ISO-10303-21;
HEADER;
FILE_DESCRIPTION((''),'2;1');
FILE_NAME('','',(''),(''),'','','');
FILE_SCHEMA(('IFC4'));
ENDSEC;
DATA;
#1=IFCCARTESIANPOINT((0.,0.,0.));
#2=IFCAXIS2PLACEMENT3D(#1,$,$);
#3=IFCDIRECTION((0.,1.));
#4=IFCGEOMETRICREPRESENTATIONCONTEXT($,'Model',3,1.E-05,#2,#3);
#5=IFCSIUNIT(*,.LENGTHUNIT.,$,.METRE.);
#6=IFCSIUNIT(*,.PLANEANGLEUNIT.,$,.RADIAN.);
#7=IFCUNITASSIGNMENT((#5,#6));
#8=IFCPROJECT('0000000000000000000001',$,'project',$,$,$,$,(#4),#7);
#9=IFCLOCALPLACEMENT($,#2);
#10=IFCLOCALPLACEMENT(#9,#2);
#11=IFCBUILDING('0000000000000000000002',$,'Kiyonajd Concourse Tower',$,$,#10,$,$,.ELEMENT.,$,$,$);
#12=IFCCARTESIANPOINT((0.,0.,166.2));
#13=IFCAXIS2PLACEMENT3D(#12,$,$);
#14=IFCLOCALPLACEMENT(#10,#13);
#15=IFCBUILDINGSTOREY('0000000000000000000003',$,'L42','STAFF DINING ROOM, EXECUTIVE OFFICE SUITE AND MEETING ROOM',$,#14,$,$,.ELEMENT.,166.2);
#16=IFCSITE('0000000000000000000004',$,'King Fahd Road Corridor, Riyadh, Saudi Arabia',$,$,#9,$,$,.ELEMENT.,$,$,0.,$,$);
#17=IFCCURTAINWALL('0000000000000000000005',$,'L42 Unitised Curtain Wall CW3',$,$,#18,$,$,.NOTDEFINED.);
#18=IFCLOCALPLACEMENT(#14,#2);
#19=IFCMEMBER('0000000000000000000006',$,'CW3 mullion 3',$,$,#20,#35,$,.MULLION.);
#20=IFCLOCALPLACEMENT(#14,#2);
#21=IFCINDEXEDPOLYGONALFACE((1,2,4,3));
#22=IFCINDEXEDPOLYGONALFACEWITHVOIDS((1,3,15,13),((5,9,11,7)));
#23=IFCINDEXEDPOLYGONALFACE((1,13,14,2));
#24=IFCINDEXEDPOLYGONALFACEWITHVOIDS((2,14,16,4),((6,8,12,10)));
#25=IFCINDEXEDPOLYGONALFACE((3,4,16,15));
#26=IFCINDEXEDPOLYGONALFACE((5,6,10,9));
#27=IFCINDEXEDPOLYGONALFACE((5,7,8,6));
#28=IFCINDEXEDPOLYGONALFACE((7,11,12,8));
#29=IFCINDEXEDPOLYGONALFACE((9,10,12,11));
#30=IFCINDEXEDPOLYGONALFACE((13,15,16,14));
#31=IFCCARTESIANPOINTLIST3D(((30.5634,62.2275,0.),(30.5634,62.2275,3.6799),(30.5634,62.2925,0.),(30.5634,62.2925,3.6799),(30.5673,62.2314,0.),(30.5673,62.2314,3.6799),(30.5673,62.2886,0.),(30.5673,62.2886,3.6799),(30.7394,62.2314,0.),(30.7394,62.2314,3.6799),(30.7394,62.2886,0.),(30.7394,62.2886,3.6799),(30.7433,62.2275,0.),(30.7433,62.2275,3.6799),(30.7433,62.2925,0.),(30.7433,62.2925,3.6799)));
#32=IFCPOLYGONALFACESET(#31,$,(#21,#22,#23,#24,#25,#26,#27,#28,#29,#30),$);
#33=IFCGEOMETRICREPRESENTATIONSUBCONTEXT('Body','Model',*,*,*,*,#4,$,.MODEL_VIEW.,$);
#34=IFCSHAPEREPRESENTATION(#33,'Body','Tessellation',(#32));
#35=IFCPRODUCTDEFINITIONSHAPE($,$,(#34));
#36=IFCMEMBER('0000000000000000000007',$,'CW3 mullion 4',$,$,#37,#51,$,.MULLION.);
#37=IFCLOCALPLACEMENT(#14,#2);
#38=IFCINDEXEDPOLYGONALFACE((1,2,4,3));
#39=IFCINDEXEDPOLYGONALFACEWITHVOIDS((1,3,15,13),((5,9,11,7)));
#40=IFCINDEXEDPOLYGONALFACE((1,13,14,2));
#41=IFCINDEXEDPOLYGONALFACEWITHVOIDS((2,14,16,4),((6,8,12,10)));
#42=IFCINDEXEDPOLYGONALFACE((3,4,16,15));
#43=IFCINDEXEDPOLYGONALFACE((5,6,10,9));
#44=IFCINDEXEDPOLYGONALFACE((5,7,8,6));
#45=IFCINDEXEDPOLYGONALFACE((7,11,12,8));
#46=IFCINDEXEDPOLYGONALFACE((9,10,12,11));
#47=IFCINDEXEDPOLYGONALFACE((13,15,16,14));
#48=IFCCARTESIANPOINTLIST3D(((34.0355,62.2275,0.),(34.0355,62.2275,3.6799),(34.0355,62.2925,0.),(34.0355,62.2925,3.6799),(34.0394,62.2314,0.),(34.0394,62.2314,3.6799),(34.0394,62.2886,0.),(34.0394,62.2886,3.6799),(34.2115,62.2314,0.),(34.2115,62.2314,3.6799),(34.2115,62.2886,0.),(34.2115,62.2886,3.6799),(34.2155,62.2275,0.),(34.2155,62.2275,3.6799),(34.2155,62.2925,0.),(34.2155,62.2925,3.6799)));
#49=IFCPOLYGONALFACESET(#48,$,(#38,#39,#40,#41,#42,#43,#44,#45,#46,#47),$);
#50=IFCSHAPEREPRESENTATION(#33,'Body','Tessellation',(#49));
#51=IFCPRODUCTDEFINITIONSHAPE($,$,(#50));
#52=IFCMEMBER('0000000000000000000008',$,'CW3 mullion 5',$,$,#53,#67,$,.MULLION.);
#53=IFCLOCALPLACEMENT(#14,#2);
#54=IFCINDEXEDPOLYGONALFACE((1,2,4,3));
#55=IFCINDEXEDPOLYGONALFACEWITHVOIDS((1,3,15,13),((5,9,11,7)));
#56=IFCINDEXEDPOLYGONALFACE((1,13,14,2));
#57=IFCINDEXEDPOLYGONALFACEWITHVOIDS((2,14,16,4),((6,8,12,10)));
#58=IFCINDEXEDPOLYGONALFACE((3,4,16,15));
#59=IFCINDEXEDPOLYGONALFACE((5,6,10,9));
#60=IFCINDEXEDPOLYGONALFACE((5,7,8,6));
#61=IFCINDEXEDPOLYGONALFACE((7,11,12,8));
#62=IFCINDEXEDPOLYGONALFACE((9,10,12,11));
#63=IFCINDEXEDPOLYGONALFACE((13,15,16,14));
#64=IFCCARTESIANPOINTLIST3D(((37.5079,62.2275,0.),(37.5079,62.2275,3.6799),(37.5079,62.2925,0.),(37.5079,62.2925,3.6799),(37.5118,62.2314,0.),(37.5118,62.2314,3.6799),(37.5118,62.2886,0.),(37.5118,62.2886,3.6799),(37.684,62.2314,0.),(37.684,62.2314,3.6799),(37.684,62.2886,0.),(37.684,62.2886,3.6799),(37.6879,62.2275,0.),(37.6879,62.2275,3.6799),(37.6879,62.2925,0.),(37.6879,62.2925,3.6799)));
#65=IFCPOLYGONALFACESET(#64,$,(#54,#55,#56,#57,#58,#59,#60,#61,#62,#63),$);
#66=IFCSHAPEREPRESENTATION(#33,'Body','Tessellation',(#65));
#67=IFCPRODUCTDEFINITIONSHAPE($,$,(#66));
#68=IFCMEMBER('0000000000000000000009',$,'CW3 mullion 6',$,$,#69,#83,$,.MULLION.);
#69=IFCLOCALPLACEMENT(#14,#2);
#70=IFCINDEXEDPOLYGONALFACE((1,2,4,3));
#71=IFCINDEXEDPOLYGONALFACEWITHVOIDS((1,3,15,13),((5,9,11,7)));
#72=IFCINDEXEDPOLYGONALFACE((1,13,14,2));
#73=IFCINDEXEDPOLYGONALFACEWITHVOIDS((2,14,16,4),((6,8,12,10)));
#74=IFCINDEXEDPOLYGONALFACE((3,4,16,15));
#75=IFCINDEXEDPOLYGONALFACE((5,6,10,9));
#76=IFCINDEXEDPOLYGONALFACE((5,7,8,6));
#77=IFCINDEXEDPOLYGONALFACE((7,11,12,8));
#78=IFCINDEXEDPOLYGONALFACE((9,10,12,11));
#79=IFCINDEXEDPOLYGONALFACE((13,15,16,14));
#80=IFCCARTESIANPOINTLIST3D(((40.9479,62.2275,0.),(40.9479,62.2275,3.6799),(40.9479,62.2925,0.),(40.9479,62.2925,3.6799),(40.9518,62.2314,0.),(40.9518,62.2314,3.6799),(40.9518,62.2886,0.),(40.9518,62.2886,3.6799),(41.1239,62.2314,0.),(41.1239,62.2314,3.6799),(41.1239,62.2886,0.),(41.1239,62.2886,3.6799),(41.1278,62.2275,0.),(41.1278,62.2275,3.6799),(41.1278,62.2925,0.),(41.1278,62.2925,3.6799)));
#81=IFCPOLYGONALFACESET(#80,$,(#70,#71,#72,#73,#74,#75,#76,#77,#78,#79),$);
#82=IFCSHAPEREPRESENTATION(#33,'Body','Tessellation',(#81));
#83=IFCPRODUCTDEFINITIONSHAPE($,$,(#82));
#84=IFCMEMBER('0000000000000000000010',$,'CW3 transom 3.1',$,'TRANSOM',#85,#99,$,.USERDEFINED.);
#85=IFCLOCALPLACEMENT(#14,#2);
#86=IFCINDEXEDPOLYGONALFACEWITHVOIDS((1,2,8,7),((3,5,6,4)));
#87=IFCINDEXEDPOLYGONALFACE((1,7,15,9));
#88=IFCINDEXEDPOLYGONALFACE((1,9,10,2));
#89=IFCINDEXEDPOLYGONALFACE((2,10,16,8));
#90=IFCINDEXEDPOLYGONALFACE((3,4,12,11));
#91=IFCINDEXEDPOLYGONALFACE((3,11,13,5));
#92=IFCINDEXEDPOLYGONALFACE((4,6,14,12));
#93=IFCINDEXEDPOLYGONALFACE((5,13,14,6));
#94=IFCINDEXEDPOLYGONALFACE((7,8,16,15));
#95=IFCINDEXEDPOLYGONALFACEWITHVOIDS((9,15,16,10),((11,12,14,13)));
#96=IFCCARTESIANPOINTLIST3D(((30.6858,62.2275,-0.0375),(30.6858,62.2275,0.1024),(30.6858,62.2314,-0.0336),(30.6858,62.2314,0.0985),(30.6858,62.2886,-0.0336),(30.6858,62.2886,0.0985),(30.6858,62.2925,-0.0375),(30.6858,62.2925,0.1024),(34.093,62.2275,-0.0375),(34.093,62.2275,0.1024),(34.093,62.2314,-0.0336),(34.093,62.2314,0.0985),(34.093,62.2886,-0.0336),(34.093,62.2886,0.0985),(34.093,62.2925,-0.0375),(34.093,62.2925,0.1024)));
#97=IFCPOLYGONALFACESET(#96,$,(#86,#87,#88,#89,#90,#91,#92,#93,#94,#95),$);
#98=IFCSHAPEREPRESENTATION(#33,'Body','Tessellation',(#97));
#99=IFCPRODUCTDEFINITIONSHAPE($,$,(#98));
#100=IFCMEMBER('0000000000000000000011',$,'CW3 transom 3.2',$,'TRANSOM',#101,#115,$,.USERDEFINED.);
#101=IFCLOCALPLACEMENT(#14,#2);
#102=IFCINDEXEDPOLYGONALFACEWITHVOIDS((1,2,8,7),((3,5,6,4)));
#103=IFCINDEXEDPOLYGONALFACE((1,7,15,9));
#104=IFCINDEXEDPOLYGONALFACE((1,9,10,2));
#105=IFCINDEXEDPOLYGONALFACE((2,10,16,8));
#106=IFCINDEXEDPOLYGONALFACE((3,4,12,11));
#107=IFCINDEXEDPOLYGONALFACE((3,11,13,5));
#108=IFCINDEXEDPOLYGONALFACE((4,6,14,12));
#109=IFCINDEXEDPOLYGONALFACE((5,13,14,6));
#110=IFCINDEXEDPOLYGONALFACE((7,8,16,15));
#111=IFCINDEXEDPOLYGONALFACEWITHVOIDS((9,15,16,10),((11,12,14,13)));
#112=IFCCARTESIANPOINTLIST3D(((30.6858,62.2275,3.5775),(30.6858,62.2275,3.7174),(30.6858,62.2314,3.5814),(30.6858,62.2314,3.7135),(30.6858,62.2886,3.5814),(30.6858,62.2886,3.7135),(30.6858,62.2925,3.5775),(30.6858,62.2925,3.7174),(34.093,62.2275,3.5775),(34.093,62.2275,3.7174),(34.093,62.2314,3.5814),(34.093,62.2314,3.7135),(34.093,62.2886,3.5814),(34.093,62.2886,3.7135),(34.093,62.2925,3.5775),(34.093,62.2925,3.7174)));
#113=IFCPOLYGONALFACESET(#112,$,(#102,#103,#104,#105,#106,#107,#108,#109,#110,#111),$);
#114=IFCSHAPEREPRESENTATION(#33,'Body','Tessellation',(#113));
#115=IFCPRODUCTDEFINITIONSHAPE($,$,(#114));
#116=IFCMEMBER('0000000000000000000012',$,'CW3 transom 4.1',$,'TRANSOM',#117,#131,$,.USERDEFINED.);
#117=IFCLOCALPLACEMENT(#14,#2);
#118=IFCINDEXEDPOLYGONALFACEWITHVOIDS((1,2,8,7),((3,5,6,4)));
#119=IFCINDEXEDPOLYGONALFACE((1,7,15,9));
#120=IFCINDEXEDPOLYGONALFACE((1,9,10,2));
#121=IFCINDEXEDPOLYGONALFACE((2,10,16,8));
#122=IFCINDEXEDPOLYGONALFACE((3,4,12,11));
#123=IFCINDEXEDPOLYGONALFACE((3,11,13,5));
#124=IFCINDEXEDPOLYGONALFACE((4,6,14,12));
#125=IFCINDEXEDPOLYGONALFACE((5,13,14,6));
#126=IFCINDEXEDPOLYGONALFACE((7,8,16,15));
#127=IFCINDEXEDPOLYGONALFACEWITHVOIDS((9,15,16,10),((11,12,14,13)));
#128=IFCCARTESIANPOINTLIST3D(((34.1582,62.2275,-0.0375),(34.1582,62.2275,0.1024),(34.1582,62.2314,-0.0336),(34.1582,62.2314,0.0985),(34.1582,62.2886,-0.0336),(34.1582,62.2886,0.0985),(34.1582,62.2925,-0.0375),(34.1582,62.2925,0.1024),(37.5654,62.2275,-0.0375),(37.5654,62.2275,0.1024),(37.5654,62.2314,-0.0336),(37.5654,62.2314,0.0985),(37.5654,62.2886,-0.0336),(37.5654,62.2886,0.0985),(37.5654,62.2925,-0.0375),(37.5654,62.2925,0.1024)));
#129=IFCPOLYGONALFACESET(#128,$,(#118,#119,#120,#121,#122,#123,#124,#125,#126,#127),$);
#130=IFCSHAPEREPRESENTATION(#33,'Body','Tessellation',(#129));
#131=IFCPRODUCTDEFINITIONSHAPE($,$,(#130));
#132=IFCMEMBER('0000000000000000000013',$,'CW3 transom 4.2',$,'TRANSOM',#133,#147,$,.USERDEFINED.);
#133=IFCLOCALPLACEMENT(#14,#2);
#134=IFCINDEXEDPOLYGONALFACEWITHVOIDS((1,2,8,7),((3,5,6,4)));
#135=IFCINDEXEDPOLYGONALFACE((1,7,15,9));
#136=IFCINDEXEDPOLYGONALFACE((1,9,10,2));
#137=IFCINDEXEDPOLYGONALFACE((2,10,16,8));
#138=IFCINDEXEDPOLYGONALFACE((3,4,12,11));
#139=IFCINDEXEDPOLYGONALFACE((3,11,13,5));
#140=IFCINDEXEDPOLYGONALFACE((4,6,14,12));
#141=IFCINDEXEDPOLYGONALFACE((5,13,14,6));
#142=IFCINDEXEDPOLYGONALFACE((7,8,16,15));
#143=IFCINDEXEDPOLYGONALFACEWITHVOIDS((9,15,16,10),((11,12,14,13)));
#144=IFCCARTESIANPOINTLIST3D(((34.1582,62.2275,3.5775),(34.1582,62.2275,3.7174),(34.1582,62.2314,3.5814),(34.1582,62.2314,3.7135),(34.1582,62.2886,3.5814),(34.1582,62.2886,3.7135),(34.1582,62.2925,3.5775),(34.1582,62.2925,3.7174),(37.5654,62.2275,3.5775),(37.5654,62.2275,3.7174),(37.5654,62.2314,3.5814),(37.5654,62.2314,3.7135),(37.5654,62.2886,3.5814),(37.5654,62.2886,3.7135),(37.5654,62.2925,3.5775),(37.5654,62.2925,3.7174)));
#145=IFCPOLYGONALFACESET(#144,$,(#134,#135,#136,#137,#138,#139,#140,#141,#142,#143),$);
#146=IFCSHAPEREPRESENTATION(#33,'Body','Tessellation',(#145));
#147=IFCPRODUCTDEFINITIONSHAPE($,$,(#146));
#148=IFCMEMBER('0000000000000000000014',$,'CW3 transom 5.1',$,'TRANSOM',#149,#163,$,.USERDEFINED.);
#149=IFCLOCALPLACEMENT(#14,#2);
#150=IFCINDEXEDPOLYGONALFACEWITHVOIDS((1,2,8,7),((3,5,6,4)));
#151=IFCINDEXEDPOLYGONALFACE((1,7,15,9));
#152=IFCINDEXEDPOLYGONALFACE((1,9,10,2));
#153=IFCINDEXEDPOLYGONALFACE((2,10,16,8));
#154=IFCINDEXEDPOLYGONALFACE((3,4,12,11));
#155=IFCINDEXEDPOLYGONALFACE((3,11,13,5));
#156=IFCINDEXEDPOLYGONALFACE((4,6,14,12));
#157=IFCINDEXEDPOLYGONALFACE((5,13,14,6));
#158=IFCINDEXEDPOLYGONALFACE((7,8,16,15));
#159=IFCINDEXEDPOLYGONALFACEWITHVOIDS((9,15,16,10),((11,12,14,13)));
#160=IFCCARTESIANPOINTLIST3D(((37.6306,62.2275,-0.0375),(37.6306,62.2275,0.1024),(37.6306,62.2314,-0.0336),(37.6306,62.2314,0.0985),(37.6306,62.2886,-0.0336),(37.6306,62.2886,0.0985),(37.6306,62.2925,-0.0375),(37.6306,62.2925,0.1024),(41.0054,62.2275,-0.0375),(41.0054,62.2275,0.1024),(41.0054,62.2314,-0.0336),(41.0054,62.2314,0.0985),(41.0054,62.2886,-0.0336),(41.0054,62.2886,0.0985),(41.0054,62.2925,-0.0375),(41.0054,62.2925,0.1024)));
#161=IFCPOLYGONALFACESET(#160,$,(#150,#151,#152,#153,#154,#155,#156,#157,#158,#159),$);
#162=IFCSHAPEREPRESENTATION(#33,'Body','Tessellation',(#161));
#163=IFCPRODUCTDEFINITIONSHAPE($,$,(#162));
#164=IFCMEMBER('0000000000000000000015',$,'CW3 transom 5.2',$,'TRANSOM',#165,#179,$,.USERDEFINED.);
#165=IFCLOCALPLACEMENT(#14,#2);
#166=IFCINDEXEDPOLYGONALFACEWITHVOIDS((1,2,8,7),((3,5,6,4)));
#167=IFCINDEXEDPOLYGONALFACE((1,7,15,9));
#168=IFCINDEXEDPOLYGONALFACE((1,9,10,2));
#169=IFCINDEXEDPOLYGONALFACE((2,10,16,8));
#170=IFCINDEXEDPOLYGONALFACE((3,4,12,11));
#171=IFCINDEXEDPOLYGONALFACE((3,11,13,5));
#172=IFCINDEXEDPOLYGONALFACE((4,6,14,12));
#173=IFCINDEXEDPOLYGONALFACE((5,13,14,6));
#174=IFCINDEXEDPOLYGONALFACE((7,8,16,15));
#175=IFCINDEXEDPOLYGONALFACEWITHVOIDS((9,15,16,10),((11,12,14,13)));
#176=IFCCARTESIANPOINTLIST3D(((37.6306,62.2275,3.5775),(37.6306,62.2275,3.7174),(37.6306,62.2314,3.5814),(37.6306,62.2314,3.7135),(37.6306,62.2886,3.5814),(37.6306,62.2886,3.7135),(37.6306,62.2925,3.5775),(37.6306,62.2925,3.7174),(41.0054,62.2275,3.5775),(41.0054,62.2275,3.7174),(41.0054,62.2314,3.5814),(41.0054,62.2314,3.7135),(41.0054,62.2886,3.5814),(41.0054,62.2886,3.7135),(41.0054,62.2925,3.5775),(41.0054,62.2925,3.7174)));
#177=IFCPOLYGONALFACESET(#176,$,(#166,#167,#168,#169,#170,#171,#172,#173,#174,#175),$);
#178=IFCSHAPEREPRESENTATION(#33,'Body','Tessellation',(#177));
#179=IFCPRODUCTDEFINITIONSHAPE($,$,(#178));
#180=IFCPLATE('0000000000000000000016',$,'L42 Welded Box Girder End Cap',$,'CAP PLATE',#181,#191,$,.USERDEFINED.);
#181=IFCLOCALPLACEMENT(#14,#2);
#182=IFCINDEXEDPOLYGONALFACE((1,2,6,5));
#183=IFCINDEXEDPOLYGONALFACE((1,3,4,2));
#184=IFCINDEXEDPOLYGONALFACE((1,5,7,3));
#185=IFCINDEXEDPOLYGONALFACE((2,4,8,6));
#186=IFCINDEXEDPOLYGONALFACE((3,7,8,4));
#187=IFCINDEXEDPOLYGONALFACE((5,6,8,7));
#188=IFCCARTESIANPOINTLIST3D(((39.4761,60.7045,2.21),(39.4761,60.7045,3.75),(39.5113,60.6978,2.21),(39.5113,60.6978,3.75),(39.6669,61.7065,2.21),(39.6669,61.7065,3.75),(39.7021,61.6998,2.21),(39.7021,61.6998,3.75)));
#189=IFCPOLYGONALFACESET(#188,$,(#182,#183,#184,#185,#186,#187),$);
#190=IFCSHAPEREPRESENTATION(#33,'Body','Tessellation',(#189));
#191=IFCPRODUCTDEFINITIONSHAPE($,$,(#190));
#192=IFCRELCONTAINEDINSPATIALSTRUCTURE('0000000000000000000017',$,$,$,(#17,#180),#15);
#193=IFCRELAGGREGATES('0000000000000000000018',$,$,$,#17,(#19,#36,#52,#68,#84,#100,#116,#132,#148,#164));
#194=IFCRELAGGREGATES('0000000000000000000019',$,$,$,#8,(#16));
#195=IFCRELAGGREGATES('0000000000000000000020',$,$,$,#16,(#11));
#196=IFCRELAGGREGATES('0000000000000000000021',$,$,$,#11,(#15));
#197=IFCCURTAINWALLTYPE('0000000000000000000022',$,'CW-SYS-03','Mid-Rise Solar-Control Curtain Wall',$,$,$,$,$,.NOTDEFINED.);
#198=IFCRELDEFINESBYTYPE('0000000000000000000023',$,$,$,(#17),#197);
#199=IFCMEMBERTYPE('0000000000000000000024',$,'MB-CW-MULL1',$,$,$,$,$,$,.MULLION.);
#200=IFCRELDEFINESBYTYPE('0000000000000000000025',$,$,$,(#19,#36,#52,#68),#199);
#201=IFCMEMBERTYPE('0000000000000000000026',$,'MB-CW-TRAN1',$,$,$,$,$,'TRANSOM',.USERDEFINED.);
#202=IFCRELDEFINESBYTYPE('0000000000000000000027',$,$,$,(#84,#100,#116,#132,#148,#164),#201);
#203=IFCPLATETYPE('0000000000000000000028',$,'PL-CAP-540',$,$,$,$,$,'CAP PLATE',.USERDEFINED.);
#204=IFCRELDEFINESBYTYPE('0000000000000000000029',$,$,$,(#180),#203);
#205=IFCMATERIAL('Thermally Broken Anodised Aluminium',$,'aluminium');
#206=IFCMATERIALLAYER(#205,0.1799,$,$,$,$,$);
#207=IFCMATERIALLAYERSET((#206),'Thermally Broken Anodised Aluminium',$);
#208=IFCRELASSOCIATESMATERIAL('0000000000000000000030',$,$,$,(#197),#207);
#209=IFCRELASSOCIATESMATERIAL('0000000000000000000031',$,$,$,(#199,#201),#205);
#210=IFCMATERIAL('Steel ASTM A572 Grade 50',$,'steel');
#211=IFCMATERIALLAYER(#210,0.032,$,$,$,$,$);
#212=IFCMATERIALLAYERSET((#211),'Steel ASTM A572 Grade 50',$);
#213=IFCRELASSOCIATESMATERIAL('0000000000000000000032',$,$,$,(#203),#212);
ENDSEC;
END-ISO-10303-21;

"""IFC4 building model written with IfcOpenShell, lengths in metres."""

from ifc_helpers import new_model, si_unit, direction, frame, origin, origin_2d, place, context, subcontext, project, spatial, rectangle, hollow_rectangle, extrude, material, layer, layer_set, material_profile, profile_set, type_object, element, aggregate, save


model = new_model("IFC4")

# Units and contexts
model_context = context("Model", 3, precision=1e-05, world=origin(), true_north=direction((0.0, 1.0)))
body_context = subcontext(model_context, "Body", "Model", "MODEL_VIEW")
ifc_project = project(units=[si_unit("LENGTHUNIT", "METRE"), si_unit("PLANEANGLEUNIT", "RADIAN")], contexts=[model_context])

# Site, building, storey
site_placement = place(None, origin())
site = spatial("IfcSite", under=ifc_project, at=site_placement, Name="King Fahd Road Corridor, Riyadh, Saudi Arabia", CompositionType="ELEMENT", RefElevation=0.0)
building_placement = place(site_placement, origin())
building = spatial("IfcBuilding", under=site, at=building_placement, Name="Kiyonajd Concourse Tower", CompositionType="ELEMENT")
storey_placement = place(building_placement, frame((0.0, 0.0, 166.2)))
storey = spatial("IfcBuildingStorey", under=building, at=storey_placement, Name="L42", Description="STAFF DINING ROOM, EXECUTIVE OFFICE SUITE AND MEETING ROOM", CompositionType="ELEMENT", Elevation=166.2)

# Curtain wall, members
ifc_material_1 = material(Name="Thermally Broken Anodised Aluminium", Category="aluminium")
ifc_layer_1 = layer(ifc_material_1, 0.1799)
ifc_layer_set_1 = layer_set([ifc_layer_1], Name="Thermally Broken Anodised Aluminium")
curtain_wall_type = type_object("IfcCurtainWallType", Name="CW-SYS-03", Description="Mid-Rise Solar-Control Curtain Wall", PredefinedType="NOTDEFINED", material=ifc_layer_set_1)
curtain_wall_placement = place(storey_placement, origin())
curtain_wall = element("IfcCurtainWall", 1, at=curtain_wall_placement, inside=storey, type_object=curtain_wall_type, Name="L42 Unitised Curtain Wall CW3", PredefinedType="NOTDEFINED")
ifc_material_profile_1 = material_profile(ifc_material_1, hollow_rectangle(XDim=0.0649, YDim=0.1799, WallThickness=0.0039, at=origin_2d()), Name="MULL-65x180")
ifc_profile_set_1 = profile_set([ifc_material_profile_1], Name="Thermally Broken Anodised Aluminium")
member_type_1 = type_object("IfcMemberType", Name="MB-CW-MULL1", PredefinedType="MULLION", material=ifc_profile_set_1)
member_1_placement = place(storey_placement, frame((30.6533, 62.26, 0.0), z_axis=(0.0, 0.0, 1.0), x_axis=(0.0, 1.0, 0.0)))
member_1 = element("IfcMember", 2, at=member_1_placement, type_object=member_type_1, Name="CW3 mullion 3", PredefinedType="MULLION", context=body_context, shape_type="SweptSolid", body=[
    extrude(hollow_rectangle(XDim=0.0649, YDim=0.1799, WallThickness=0.0039, at=origin_2d()), origin(), (0.0, 0.0, 1.0), 3.6799),
])
member_2_placement = place(storey_placement, frame((34.1255, 62.26, 0.0), z_axis=(0.0, 0.0, 1.0), x_axis=(0.0, 1.0, 0.0)))
member_2 = element("IfcMember", 3, at=member_2_placement, type_object=member_type_1, Name="CW3 mullion 4", PredefinedType="MULLION", context=body_context, shape_type="SweptSolid", body=[
    extrude(hollow_rectangle(XDim=0.0649, YDim=0.1799, WallThickness=0.0039, at=origin_2d()), origin(), (0.0, 0.0, 1.0), 3.6799),
])
member_3_placement = place(storey_placement, frame((37.5979, 62.26, 0.0), z_axis=(0.0, 0.0, 1.0), x_axis=(0.0, 1.0, 0.0)))
member_3 = element("IfcMember", 4, at=member_3_placement, type_object=member_type_1, Name="CW3 mullion 5", PredefinedType="MULLION", context=body_context, shape_type="SweptSolid", body=[
    extrude(hollow_rectangle(XDim=0.0649, YDim=0.1799, WallThickness=0.0039, at=origin_2d()), origin(), (0.0, 0.0, 1.0), 3.6799),
])
member_4_placement = place(storey_placement, frame((41.0378, 62.26, 0.0), z_axis=(0.0, 0.0, 1.0), x_axis=(0.0, 1.0, 0.0)))
member_4 = element("IfcMember", 5, at=member_4_placement, type_object=member_type_1, Name="CW3 mullion 6", PredefinedType="MULLION", context=body_context, shape_type="SweptSolid", body=[
    extrude(hollow_rectangle(XDim=0.0649, YDim=0.1799, WallThickness=0.0039, at=origin_2d()), origin(), (0.0, 0.0, 1.0), 3.6799),
])
ifc_material_profile_2 = material_profile(ifc_material_1, hollow_rectangle(XDim=0.0649, YDim=0.1399, WallThickness=0.0039, at=origin_2d()), Name="TRAN-65x140")
ifc_profile_set_2 = profile_set([ifc_material_profile_2], Name="Thermally Broken Anodised Aluminium")
member_type_2 = type_object("IfcMemberType", Name="MB-CW-TRAN1", ElementType="TRANSOM", PredefinedType="USERDEFINED", material=ifc_profile_set_2)
member_5_placement = place(storey_placement, frame((30.6858, 62.26, 0.0325), z_axis=(1.0, 0.0, 0.0), x_axis=(0.0, 1.0, 0.0)))
member_5 = element("IfcMember", 6, at=member_5_placement, type_object=member_type_2, Name="CW3 transom 3.1", ObjectType="TRANSOM", PredefinedType="USERDEFINED", context=body_context, shape_type="SweptSolid", body=[
    extrude(hollow_rectangle(XDim=0.0649, YDim=0.1399, WallThickness=0.0039, at=origin_2d()), origin(), (0.0, 0.0, 1.0), 3.4072),
])
member_6_placement = place(storey_placement, frame((30.6858, 62.26, 3.6475), z_axis=(1.0, 0.0, 0.0), x_axis=(0.0, 1.0, 0.0)))
member_6 = element("IfcMember", 7, at=member_6_placement, type_object=member_type_2, Name="CW3 transom 3.2", ObjectType="TRANSOM", PredefinedType="USERDEFINED", context=body_context, shape_type="SweptSolid", body=[
    extrude(hollow_rectangle(XDim=0.0649, YDim=0.1399, WallThickness=0.0039, at=origin_2d()), origin(), (0.0, 0.0, 1.0), 3.4072),
])
member_7_placement = place(storey_placement, frame((34.1582, 62.26, 0.0325), z_axis=(1.0, 0.0, 0.0), x_axis=(0.0, 1.0, 0.0)))
member_7 = element("IfcMember", 8, at=member_7_placement, type_object=member_type_2, Name="CW3 transom 4.1", ObjectType="TRANSOM", PredefinedType="USERDEFINED", context=body_context, shape_type="SweptSolid", body=[
    extrude(hollow_rectangle(XDim=0.0649, YDim=0.1399, WallThickness=0.0039, at=origin_2d()), origin(), (0.0, 0.0, 1.0), 3.4072),
])
member_8_placement = place(storey_placement, frame((34.1582, 62.26, 3.6475), z_axis=(1.0, 0.0, 0.0), x_axis=(0.0, 1.0, 0.0)))
member_8 = element("IfcMember", 9, at=member_8_placement, type_object=member_type_2, Name="CW3 transom 4.2", ObjectType="TRANSOM", PredefinedType="USERDEFINED", context=body_context, shape_type="SweptSolid", body=[
    extrude(hollow_rectangle(XDim=0.0649, YDim=0.1399, WallThickness=0.0039, at=origin_2d()), origin(), (0.0, 0.0, 1.0), 3.4072),
])
member_9_placement = place(storey_placement, frame((37.6306, 62.26, 0.0325), z_axis=(1.0, 0.0, 0.0), x_axis=(0.0, 1.0, 0.0)))
member_9 = element("IfcMember", 10, at=member_9_placement, type_object=member_type_2, Name="CW3 transom 5.1", ObjectType="TRANSOM", PredefinedType="USERDEFINED", context=body_context, shape_type="SweptSolid", body=[
    extrude(hollow_rectangle(XDim=0.0649, YDim=0.1399, WallThickness=0.0039, at=origin_2d()), origin(), (0.0, 0.0, 1.0), 3.3748),
])
member_10_placement = place(storey_placement, frame((37.6306, 62.26, 3.6475), z_axis=(1.0, 0.0, 0.0), x_axis=(0.0, 1.0, 0.0)))
member_10 = element("IfcMember", 11, at=member_10_placement, type_object=member_type_2, Name="CW3 transom 5.2", ObjectType="TRANSOM", PredefinedType="USERDEFINED", context=body_context, shape_type="SweptSolid", body=[
    extrude(hollow_rectangle(XDim=0.0649, YDim=0.1399, WallThickness=0.0039, at=origin_2d()), origin(), (0.0, 0.0, 1.0), 3.3748),
])

# Plate
ifc_material_2 = material(Name="Steel ASTM A572 Grade 50", Category="steel")
ifc_layer_2 = layer(ifc_material_2, 0.032)
ifc_layer_set_2 = layer_set([ifc_layer_2], Name="Steel ASTM A572 Grade 50")
plate_type_1 = type_object("IfcPlateType", Name="PL-CAP-540", ElementType="CAP PLATE", PredefinedType="USERDEFINED", material=ifc_layer_set_2)
plate_1_placement = place(storey_placement, frame((39.5891, 61.2021, 2.21), z_axis=(0.0, 0.0, 1.0), x_axis=(-0.982353, 0.187038, 0.0)))
element("IfcPlate", 12, at=plate_1_placement, inside=storey, type_object=plate_type_1, Name="L42 Welded Box Girder End Cap", ObjectType="CAP PLATE", PredefinedType="USERDEFINED", context=body_context, shape_type="SweptSolid", body=[
    extrude(rectangle(XDim=0.0359, YDim=1.02, at=origin_2d()), origin(), (0.0, 0.0, 1.0), 1.54),
])
aggregate(curtain_wall, [member_1, member_2, member_3, member_4, member_5, member_6, member_7, member_8, member_9, member_10])

save(model, "model.ifc")
